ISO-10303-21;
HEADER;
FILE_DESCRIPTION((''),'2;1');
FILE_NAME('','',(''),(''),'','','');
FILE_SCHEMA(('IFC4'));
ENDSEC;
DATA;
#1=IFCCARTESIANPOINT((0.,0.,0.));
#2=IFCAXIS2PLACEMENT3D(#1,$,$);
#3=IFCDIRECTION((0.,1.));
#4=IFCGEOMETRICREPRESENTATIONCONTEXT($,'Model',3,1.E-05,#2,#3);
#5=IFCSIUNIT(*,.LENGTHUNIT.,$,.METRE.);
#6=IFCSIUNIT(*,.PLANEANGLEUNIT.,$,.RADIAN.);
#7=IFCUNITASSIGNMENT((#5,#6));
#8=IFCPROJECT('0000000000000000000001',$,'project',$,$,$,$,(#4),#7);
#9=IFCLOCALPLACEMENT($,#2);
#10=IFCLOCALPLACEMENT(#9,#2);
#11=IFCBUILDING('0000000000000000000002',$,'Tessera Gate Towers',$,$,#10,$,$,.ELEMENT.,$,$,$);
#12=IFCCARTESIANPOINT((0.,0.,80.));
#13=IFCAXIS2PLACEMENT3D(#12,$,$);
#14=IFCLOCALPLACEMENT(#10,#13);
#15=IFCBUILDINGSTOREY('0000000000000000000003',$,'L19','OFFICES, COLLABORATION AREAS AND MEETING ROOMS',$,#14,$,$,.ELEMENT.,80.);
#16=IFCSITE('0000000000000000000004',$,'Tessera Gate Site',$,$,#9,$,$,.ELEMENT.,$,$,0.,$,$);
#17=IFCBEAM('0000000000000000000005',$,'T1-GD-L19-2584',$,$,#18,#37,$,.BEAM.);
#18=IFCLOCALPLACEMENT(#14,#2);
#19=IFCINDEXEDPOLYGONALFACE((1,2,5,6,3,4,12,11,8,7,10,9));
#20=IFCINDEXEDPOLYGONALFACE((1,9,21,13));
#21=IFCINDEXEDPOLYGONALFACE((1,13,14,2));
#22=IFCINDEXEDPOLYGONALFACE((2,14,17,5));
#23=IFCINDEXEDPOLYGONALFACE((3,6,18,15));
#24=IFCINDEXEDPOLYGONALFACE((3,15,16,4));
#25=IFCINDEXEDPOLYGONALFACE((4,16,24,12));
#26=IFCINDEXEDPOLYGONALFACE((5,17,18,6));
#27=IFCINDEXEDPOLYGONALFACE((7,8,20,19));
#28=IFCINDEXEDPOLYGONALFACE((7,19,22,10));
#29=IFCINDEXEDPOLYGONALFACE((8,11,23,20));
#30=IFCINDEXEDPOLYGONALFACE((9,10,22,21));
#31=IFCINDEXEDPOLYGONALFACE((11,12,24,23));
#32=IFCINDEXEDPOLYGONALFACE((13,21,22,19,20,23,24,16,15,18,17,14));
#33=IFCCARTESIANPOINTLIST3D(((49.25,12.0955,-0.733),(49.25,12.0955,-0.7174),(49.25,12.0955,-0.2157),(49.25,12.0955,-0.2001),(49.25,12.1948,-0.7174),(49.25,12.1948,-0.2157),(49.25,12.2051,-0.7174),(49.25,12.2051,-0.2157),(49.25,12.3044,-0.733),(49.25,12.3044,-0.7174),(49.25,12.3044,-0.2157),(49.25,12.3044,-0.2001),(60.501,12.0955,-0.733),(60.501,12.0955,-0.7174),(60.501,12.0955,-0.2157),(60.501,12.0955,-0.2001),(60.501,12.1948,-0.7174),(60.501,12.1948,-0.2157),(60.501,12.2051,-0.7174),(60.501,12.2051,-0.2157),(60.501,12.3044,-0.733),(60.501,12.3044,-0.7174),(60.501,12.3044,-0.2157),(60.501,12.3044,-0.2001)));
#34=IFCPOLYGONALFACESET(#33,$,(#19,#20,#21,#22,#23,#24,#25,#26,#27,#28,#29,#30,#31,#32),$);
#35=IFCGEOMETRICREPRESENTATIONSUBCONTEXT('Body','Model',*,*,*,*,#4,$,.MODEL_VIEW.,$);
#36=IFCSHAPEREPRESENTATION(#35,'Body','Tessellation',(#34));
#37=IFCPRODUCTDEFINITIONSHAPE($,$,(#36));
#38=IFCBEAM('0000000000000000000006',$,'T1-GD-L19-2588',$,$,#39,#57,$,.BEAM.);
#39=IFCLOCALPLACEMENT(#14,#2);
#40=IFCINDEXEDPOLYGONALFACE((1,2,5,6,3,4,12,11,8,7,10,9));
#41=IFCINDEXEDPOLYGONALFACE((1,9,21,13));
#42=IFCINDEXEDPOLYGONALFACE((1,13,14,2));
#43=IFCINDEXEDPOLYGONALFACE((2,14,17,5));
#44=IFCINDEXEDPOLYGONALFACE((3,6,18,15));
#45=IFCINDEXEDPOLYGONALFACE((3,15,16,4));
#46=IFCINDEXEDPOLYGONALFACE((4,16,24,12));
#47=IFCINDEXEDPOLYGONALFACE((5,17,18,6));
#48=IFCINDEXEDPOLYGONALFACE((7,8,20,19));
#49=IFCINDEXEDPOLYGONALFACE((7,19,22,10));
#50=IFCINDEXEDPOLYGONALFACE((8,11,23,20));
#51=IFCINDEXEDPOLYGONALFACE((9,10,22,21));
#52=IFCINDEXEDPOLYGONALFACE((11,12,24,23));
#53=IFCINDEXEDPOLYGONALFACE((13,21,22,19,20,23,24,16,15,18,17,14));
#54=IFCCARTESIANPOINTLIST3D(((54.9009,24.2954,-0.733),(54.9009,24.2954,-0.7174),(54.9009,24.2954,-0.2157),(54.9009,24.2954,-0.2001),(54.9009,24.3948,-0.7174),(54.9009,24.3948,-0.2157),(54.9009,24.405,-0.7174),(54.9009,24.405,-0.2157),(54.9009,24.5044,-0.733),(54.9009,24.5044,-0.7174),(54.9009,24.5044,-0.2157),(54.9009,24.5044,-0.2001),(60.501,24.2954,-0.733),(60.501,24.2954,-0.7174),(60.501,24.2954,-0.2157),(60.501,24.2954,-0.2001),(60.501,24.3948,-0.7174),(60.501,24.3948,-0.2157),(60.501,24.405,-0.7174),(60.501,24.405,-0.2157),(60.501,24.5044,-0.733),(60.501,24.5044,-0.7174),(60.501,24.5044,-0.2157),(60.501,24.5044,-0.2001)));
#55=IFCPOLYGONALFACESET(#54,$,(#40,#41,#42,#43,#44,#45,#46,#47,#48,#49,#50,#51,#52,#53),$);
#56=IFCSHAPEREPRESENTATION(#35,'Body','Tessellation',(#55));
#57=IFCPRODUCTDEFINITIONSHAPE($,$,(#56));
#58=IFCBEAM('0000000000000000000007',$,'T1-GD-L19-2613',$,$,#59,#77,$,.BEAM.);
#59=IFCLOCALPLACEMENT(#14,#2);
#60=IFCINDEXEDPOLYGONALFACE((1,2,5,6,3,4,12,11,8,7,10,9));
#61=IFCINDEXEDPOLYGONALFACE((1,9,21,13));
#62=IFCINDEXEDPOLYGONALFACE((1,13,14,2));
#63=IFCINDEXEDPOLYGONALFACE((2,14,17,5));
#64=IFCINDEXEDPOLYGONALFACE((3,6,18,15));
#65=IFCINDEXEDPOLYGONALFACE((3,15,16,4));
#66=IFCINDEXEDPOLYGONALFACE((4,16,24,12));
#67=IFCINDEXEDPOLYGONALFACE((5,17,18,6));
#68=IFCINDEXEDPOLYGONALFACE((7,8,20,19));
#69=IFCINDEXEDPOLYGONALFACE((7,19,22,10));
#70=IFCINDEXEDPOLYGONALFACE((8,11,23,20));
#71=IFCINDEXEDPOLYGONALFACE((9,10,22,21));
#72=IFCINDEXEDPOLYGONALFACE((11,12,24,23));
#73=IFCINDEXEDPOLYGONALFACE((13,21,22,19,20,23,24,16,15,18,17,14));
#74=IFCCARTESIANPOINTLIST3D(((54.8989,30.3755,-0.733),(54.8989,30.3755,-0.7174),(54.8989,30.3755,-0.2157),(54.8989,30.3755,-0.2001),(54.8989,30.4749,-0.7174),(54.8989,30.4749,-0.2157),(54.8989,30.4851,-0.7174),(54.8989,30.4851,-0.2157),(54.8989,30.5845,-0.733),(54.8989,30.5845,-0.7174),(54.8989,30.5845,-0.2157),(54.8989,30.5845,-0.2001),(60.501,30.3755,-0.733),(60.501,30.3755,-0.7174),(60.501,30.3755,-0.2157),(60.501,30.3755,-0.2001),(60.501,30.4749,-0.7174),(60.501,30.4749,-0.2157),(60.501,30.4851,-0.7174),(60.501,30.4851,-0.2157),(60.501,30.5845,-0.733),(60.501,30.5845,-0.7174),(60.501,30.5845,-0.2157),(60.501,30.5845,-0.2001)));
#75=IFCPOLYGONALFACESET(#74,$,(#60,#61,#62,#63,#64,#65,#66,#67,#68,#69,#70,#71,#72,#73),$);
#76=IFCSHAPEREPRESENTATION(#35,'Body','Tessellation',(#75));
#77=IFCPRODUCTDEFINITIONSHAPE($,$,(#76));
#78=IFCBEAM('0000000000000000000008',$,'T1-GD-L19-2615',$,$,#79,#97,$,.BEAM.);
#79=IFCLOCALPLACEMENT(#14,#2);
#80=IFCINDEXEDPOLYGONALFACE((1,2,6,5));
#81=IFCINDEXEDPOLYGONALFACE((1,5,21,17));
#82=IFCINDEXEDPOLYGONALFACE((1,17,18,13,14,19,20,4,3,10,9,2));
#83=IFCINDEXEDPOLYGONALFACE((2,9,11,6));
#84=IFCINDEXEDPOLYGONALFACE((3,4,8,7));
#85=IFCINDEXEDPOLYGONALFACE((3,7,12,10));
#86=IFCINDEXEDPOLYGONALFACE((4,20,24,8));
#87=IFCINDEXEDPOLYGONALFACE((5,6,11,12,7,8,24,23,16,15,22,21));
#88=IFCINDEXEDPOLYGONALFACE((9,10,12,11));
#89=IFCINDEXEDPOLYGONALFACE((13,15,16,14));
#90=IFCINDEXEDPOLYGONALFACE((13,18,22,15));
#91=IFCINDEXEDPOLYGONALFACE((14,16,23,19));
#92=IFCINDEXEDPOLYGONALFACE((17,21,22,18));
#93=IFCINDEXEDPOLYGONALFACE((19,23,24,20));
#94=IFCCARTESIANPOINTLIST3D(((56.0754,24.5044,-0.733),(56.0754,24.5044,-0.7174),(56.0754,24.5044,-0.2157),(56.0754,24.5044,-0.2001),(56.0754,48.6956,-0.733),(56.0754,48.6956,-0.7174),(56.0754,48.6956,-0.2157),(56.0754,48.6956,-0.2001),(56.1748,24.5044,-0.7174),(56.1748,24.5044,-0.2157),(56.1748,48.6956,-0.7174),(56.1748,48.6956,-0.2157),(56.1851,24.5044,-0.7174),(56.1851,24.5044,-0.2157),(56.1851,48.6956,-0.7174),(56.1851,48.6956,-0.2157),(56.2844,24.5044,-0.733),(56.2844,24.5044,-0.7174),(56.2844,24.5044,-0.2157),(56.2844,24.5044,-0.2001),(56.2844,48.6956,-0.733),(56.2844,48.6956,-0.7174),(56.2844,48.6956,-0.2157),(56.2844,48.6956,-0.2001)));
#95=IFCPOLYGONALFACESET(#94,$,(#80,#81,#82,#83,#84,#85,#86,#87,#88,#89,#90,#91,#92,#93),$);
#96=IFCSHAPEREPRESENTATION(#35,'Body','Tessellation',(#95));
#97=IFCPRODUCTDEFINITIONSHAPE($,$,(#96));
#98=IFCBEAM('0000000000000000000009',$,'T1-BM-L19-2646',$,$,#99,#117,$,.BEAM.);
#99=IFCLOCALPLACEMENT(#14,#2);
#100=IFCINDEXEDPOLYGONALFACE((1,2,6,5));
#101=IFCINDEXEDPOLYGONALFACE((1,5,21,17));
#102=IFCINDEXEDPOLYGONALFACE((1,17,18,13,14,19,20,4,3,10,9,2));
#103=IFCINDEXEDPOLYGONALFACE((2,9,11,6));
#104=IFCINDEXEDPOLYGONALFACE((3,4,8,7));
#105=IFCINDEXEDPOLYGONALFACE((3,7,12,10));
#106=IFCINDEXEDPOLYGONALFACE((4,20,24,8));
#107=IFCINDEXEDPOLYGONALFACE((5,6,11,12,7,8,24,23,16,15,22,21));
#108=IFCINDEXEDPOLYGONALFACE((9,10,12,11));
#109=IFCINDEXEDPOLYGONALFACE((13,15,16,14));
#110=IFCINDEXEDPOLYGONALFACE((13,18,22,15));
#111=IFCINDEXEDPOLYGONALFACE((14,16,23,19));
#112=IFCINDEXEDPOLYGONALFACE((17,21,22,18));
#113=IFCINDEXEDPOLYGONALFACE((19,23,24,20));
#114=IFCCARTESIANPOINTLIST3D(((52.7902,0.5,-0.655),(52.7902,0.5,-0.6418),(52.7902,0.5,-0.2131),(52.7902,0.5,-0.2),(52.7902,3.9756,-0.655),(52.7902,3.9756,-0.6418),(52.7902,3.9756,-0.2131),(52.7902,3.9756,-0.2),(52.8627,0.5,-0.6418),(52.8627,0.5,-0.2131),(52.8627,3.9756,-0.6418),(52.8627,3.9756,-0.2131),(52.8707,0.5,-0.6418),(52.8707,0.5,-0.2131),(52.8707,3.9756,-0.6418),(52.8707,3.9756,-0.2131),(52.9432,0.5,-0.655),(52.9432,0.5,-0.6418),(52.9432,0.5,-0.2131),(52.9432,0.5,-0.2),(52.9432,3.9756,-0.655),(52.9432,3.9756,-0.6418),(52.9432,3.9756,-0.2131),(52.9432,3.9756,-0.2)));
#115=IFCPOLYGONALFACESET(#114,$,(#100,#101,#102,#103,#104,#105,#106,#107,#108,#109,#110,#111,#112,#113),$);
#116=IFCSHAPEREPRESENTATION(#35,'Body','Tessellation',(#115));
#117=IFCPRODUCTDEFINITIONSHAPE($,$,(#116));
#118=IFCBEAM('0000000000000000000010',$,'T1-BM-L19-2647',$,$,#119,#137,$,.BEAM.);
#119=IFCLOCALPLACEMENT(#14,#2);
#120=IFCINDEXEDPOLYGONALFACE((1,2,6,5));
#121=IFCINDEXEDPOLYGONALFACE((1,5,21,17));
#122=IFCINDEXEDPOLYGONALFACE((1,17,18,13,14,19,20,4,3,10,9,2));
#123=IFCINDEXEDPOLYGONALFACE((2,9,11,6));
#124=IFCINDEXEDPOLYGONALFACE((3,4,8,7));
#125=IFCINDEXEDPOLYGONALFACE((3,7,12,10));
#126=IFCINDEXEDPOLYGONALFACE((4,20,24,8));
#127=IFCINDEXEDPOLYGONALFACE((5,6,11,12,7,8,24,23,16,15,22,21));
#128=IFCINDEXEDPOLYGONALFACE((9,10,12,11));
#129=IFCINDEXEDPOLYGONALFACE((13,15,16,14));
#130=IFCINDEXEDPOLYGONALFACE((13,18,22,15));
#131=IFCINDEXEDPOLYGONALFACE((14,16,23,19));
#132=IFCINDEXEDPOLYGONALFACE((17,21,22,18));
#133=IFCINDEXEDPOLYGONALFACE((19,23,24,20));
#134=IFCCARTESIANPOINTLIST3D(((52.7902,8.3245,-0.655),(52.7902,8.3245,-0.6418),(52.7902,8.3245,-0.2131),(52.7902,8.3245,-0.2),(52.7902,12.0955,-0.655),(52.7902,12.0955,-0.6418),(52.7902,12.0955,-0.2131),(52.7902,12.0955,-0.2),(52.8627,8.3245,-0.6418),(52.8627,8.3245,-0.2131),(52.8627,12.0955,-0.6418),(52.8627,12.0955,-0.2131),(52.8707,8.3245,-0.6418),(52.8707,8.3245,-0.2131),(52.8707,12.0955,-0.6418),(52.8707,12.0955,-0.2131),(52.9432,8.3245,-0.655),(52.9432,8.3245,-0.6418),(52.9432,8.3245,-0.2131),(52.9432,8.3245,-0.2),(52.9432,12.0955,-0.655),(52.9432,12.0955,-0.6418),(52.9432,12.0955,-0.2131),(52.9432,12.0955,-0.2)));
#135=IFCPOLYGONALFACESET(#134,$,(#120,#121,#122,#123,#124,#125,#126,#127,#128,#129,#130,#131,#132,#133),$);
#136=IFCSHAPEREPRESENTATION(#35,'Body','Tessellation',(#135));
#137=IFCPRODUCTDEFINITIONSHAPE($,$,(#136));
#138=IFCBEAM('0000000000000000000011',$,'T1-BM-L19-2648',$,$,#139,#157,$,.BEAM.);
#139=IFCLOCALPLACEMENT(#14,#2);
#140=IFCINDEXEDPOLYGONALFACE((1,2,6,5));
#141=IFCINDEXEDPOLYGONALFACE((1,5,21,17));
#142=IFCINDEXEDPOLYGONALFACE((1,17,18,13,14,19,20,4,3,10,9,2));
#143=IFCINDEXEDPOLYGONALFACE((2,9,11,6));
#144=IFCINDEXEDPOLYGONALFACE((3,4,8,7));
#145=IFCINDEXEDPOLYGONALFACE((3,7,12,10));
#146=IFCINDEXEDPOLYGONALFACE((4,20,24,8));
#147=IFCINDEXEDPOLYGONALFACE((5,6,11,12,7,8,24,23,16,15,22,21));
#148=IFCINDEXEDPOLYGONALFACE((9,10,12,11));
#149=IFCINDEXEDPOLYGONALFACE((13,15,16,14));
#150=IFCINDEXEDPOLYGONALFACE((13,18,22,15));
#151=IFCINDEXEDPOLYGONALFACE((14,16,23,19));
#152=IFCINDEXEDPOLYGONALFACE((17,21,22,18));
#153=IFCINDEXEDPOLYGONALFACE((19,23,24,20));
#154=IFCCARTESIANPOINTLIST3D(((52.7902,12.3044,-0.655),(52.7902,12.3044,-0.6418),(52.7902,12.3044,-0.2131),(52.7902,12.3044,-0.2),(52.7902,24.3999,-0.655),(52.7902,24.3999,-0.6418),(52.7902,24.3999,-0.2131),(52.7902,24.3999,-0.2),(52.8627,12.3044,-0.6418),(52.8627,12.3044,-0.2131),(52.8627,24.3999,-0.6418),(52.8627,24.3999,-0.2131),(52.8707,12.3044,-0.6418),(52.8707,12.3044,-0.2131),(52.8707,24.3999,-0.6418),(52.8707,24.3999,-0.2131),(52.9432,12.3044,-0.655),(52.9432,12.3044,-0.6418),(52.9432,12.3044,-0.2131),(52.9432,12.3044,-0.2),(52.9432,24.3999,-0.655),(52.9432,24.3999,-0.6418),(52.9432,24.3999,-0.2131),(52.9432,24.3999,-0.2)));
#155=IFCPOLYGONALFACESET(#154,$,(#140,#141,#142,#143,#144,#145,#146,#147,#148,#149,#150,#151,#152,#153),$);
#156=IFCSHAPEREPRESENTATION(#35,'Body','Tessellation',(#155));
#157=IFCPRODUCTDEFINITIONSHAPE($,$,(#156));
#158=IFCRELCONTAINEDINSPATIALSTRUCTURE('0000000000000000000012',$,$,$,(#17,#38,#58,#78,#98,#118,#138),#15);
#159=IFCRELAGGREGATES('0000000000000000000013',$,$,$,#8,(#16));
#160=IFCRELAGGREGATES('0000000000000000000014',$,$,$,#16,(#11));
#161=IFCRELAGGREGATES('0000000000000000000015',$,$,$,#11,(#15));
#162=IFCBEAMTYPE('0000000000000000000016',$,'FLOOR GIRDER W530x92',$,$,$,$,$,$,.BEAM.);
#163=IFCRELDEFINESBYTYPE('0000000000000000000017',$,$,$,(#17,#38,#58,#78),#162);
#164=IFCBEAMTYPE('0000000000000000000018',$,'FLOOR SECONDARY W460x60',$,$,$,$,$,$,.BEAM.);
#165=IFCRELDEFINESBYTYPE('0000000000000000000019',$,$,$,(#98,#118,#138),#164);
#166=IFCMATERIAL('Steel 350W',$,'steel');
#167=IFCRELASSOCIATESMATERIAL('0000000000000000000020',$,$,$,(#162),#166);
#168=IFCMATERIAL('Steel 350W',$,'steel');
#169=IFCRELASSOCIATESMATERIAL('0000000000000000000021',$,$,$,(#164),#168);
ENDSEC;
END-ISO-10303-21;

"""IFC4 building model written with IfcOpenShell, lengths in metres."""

from ifc_helpers import new_model, si_unit, direction, frame, origin, origin_2d, place, context, subcontext, project, spatial, i_section, extrude, material, material_profile, profile_set, type_object, element, save


model = new_model("IFC4")

# Units and contexts
model_context = context("Model", 3, precision=1e-05, world=origin(), true_north=direction((0.0, 1.0)))
body_context = subcontext(model_context, "Body", "Model", "MODEL_VIEW")
ifc_project = project(units=[si_unit("LENGTHUNIT", "METRE"), si_unit("PLANEANGLEUNIT", "RADIAN")], contexts=[model_context])

# Site, building, storey
site_placement = place(None, origin())
site = spatial("IfcSite", under=ifc_project, at=site_placement, Name="Tessera Gate Site", CompositionType="ELEMENT", RefElevation=0.0)
building_placement = place(site_placement, origin())
building = spatial("IfcBuilding", under=site, at=building_placement, Name="Tessera Gate Towers", CompositionType="ELEMENT")
storey_placement = place(building_placement, frame((0.0, 0.0, 80.0)))
storey = spatial("IfcBuildingStorey", under=building, at=storey_placement, Name="L19", Description="OFFICES, COLLABORATION AREAS AND MEETING ROOMS", CompositionType="ELEMENT", Elevation=80.0)

# Beams
ifc_material_1 = material(Name="Steel 350W", Category="steel")
ifc_material_profile_1 = material_profile(ifc_material_1, i_section(OverallWidth=0.209, OverallDepth=0.533, WebThickness=0.0103, FlangeThickness=0.0156, at=origin_2d()), Name="W530x92")
ifc_profile_set_1 = profile_set([ifc_material_profile_1], Name="Steel 350W")
beam_type_1 = type_object("IfcBeamType", Name="FLOOR GIRDER W530x92", PredefinedType="BEAM", material=ifc_profile_set_1)
beam_1_placement = place(storey_placement, frame((49.25, 12.2, -0.4666), z_axis=(1.0, 0.0, 0.0), x_axis=(0.0, 1.0, 0.0)))
element("IfcBeam", 1, at=beam_1_placement, inside=storey, type_object=beam_type_1, Name="T1-GD-L19-2584", PredefinedType="BEAM", context=body_context, shape_type="SweptSolid", body=[
    extrude(i_section(OverallWidth=0.209, OverallDepth=0.533, WebThickness=0.0103, FlangeThickness=0.0156, at=origin_2d()), origin(), (0.0, 0.0, 1.0), 11.251),
])
beam_2_placement = place(storey_placement, frame((54.9009, 24.3999, -0.4666), z_axis=(1.0, 0.0, 0.0), x_axis=(0.0, 1.0, 0.0)))
element("IfcBeam", 2, at=beam_2_placement, inside=storey, type_object=beam_type_1, Name="T1-GD-L19-2588", PredefinedType="BEAM", context=body_context, shape_type="SweptSolid", body=[
    extrude(i_section(OverallWidth=0.209, OverallDepth=0.533, WebThickness=0.0103, FlangeThickness=0.0156, at=origin_2d()), origin(), (0.0, 0.0, 1.0), 5.6001),
])
beam_3_placement = place(storey_placement, frame((54.8989, 30.48, -0.4666), z_axis=(1.0, 0.0, 0.0), x_axis=(0.0, 1.0, 0.0)))
element("IfcBeam", 3, at=beam_3_placement, inside=storey, type_object=beam_type_1, Name="T1-GD-L19-2613", PredefinedType="BEAM", context=body_context, shape_type="SweptSolid", body=[
    extrude(i_section(OverallWidth=0.209, OverallDepth=0.533, WebThickness=0.0103, FlangeThickness=0.0156, at=origin_2d()), origin(), (0.0, 0.0, 1.0), 5.6021),
])
beam_4_placement = place(storey_placement, frame((56.1799, 24.5044, -0.4666), z_axis=(0.0, 1.0, 0.0), x_axis=(-1.0, 0.0, 0.0)))
element("IfcBeam", 4, at=beam_4_placement, inside=storey, type_object=beam_type_1, Name="T1-GD-L19-2615", PredefinedType="BEAM", context=body_context, shape_type="SweptSolid", body=[
    extrude(i_section(OverallWidth=0.209, OverallDepth=0.533, WebThickness=0.0103, FlangeThickness=0.0156, at=origin_2d()), origin(), (0.0, 0.0, 1.0), 24.1912),
])
ifc_material_2 = material(Name="Steel 350W", Category="steel")
ifc_material_profile_2 = material_profile(ifc_material_2, i_section(OverallWidth=0.1531, OverallDepth=0.4551, WebThickness=0.0081, FlangeThickness=0.0132, at=origin_2d()), Name="W460x60")
ifc_profile_set_2 = profile_set([ifc_material_profile_2], Name="Steel 350W")
beam_type_2 = type_object("IfcBeamType", Name="FLOOR SECONDARY W460x60", PredefinedType="BEAM", material=ifc_profile_set_2)
beam_5_placement = place(storey_placement, frame((52.8667, 0.5, -0.4275), z_axis=(0.0, 1.0, 0.0), x_axis=(-1.0, 0.0, 0.0)))
element("IfcBeam", 5, at=beam_5_placement, inside=storey, type_object=beam_type_2, Name="T1-BM-L19-2646", PredefinedType="BEAM", context=body_context, shape_type="SweptSolid", body=[
    extrude(i_section(OverallWidth=0.1531, OverallDepth=0.4551, WebThickness=0.0081, FlangeThickness=0.0132, at=origin_2d()), origin(), (0.0, 0.0, 1.0), 3.4756),
])
beam_6_placement = place(storey_placement, frame((52.8667, 8.3245, -0.4275), z_axis=(0.0, 1.0, 0.0), x_axis=(-1.0, 0.0, 0.0)))
element("IfcBeam", 6, at=beam_6_placement, inside=storey, type_object=beam_type_2, Name="T1-BM-L19-2647", PredefinedType="BEAM", context=body_context, shape_type="SweptSolid", body=[
    extrude(i_section(OverallWidth=0.1531, OverallDepth=0.4551, WebThickness=0.0081, FlangeThickness=0.0132, at=origin_2d()), origin(), (0.0, 0.0, 1.0), 3.771),
])
beam_7_placement = place(storey_placement, frame((52.8667, 12.3044, -0.4275), z_axis=(0.0, 1.0, 0.0), x_axis=(-1.0, 0.0, 0.0)))
element("IfcBeam", 7, at=beam_7_placement, inside=storey, type_object=beam_type_2, Name="T1-BM-L19-2648", PredefinedType="BEAM", context=body_context, shape_type="SweptSolid", body=[
    extrude(i_section(OverallWidth=0.1531, OverallDepth=0.4551, WebThickness=0.0081, FlangeThickness=0.0132, at=origin_2d()), origin(), (0.0, 0.0, 1.0), 12.0955),
])

save(model, "model.ifc")
